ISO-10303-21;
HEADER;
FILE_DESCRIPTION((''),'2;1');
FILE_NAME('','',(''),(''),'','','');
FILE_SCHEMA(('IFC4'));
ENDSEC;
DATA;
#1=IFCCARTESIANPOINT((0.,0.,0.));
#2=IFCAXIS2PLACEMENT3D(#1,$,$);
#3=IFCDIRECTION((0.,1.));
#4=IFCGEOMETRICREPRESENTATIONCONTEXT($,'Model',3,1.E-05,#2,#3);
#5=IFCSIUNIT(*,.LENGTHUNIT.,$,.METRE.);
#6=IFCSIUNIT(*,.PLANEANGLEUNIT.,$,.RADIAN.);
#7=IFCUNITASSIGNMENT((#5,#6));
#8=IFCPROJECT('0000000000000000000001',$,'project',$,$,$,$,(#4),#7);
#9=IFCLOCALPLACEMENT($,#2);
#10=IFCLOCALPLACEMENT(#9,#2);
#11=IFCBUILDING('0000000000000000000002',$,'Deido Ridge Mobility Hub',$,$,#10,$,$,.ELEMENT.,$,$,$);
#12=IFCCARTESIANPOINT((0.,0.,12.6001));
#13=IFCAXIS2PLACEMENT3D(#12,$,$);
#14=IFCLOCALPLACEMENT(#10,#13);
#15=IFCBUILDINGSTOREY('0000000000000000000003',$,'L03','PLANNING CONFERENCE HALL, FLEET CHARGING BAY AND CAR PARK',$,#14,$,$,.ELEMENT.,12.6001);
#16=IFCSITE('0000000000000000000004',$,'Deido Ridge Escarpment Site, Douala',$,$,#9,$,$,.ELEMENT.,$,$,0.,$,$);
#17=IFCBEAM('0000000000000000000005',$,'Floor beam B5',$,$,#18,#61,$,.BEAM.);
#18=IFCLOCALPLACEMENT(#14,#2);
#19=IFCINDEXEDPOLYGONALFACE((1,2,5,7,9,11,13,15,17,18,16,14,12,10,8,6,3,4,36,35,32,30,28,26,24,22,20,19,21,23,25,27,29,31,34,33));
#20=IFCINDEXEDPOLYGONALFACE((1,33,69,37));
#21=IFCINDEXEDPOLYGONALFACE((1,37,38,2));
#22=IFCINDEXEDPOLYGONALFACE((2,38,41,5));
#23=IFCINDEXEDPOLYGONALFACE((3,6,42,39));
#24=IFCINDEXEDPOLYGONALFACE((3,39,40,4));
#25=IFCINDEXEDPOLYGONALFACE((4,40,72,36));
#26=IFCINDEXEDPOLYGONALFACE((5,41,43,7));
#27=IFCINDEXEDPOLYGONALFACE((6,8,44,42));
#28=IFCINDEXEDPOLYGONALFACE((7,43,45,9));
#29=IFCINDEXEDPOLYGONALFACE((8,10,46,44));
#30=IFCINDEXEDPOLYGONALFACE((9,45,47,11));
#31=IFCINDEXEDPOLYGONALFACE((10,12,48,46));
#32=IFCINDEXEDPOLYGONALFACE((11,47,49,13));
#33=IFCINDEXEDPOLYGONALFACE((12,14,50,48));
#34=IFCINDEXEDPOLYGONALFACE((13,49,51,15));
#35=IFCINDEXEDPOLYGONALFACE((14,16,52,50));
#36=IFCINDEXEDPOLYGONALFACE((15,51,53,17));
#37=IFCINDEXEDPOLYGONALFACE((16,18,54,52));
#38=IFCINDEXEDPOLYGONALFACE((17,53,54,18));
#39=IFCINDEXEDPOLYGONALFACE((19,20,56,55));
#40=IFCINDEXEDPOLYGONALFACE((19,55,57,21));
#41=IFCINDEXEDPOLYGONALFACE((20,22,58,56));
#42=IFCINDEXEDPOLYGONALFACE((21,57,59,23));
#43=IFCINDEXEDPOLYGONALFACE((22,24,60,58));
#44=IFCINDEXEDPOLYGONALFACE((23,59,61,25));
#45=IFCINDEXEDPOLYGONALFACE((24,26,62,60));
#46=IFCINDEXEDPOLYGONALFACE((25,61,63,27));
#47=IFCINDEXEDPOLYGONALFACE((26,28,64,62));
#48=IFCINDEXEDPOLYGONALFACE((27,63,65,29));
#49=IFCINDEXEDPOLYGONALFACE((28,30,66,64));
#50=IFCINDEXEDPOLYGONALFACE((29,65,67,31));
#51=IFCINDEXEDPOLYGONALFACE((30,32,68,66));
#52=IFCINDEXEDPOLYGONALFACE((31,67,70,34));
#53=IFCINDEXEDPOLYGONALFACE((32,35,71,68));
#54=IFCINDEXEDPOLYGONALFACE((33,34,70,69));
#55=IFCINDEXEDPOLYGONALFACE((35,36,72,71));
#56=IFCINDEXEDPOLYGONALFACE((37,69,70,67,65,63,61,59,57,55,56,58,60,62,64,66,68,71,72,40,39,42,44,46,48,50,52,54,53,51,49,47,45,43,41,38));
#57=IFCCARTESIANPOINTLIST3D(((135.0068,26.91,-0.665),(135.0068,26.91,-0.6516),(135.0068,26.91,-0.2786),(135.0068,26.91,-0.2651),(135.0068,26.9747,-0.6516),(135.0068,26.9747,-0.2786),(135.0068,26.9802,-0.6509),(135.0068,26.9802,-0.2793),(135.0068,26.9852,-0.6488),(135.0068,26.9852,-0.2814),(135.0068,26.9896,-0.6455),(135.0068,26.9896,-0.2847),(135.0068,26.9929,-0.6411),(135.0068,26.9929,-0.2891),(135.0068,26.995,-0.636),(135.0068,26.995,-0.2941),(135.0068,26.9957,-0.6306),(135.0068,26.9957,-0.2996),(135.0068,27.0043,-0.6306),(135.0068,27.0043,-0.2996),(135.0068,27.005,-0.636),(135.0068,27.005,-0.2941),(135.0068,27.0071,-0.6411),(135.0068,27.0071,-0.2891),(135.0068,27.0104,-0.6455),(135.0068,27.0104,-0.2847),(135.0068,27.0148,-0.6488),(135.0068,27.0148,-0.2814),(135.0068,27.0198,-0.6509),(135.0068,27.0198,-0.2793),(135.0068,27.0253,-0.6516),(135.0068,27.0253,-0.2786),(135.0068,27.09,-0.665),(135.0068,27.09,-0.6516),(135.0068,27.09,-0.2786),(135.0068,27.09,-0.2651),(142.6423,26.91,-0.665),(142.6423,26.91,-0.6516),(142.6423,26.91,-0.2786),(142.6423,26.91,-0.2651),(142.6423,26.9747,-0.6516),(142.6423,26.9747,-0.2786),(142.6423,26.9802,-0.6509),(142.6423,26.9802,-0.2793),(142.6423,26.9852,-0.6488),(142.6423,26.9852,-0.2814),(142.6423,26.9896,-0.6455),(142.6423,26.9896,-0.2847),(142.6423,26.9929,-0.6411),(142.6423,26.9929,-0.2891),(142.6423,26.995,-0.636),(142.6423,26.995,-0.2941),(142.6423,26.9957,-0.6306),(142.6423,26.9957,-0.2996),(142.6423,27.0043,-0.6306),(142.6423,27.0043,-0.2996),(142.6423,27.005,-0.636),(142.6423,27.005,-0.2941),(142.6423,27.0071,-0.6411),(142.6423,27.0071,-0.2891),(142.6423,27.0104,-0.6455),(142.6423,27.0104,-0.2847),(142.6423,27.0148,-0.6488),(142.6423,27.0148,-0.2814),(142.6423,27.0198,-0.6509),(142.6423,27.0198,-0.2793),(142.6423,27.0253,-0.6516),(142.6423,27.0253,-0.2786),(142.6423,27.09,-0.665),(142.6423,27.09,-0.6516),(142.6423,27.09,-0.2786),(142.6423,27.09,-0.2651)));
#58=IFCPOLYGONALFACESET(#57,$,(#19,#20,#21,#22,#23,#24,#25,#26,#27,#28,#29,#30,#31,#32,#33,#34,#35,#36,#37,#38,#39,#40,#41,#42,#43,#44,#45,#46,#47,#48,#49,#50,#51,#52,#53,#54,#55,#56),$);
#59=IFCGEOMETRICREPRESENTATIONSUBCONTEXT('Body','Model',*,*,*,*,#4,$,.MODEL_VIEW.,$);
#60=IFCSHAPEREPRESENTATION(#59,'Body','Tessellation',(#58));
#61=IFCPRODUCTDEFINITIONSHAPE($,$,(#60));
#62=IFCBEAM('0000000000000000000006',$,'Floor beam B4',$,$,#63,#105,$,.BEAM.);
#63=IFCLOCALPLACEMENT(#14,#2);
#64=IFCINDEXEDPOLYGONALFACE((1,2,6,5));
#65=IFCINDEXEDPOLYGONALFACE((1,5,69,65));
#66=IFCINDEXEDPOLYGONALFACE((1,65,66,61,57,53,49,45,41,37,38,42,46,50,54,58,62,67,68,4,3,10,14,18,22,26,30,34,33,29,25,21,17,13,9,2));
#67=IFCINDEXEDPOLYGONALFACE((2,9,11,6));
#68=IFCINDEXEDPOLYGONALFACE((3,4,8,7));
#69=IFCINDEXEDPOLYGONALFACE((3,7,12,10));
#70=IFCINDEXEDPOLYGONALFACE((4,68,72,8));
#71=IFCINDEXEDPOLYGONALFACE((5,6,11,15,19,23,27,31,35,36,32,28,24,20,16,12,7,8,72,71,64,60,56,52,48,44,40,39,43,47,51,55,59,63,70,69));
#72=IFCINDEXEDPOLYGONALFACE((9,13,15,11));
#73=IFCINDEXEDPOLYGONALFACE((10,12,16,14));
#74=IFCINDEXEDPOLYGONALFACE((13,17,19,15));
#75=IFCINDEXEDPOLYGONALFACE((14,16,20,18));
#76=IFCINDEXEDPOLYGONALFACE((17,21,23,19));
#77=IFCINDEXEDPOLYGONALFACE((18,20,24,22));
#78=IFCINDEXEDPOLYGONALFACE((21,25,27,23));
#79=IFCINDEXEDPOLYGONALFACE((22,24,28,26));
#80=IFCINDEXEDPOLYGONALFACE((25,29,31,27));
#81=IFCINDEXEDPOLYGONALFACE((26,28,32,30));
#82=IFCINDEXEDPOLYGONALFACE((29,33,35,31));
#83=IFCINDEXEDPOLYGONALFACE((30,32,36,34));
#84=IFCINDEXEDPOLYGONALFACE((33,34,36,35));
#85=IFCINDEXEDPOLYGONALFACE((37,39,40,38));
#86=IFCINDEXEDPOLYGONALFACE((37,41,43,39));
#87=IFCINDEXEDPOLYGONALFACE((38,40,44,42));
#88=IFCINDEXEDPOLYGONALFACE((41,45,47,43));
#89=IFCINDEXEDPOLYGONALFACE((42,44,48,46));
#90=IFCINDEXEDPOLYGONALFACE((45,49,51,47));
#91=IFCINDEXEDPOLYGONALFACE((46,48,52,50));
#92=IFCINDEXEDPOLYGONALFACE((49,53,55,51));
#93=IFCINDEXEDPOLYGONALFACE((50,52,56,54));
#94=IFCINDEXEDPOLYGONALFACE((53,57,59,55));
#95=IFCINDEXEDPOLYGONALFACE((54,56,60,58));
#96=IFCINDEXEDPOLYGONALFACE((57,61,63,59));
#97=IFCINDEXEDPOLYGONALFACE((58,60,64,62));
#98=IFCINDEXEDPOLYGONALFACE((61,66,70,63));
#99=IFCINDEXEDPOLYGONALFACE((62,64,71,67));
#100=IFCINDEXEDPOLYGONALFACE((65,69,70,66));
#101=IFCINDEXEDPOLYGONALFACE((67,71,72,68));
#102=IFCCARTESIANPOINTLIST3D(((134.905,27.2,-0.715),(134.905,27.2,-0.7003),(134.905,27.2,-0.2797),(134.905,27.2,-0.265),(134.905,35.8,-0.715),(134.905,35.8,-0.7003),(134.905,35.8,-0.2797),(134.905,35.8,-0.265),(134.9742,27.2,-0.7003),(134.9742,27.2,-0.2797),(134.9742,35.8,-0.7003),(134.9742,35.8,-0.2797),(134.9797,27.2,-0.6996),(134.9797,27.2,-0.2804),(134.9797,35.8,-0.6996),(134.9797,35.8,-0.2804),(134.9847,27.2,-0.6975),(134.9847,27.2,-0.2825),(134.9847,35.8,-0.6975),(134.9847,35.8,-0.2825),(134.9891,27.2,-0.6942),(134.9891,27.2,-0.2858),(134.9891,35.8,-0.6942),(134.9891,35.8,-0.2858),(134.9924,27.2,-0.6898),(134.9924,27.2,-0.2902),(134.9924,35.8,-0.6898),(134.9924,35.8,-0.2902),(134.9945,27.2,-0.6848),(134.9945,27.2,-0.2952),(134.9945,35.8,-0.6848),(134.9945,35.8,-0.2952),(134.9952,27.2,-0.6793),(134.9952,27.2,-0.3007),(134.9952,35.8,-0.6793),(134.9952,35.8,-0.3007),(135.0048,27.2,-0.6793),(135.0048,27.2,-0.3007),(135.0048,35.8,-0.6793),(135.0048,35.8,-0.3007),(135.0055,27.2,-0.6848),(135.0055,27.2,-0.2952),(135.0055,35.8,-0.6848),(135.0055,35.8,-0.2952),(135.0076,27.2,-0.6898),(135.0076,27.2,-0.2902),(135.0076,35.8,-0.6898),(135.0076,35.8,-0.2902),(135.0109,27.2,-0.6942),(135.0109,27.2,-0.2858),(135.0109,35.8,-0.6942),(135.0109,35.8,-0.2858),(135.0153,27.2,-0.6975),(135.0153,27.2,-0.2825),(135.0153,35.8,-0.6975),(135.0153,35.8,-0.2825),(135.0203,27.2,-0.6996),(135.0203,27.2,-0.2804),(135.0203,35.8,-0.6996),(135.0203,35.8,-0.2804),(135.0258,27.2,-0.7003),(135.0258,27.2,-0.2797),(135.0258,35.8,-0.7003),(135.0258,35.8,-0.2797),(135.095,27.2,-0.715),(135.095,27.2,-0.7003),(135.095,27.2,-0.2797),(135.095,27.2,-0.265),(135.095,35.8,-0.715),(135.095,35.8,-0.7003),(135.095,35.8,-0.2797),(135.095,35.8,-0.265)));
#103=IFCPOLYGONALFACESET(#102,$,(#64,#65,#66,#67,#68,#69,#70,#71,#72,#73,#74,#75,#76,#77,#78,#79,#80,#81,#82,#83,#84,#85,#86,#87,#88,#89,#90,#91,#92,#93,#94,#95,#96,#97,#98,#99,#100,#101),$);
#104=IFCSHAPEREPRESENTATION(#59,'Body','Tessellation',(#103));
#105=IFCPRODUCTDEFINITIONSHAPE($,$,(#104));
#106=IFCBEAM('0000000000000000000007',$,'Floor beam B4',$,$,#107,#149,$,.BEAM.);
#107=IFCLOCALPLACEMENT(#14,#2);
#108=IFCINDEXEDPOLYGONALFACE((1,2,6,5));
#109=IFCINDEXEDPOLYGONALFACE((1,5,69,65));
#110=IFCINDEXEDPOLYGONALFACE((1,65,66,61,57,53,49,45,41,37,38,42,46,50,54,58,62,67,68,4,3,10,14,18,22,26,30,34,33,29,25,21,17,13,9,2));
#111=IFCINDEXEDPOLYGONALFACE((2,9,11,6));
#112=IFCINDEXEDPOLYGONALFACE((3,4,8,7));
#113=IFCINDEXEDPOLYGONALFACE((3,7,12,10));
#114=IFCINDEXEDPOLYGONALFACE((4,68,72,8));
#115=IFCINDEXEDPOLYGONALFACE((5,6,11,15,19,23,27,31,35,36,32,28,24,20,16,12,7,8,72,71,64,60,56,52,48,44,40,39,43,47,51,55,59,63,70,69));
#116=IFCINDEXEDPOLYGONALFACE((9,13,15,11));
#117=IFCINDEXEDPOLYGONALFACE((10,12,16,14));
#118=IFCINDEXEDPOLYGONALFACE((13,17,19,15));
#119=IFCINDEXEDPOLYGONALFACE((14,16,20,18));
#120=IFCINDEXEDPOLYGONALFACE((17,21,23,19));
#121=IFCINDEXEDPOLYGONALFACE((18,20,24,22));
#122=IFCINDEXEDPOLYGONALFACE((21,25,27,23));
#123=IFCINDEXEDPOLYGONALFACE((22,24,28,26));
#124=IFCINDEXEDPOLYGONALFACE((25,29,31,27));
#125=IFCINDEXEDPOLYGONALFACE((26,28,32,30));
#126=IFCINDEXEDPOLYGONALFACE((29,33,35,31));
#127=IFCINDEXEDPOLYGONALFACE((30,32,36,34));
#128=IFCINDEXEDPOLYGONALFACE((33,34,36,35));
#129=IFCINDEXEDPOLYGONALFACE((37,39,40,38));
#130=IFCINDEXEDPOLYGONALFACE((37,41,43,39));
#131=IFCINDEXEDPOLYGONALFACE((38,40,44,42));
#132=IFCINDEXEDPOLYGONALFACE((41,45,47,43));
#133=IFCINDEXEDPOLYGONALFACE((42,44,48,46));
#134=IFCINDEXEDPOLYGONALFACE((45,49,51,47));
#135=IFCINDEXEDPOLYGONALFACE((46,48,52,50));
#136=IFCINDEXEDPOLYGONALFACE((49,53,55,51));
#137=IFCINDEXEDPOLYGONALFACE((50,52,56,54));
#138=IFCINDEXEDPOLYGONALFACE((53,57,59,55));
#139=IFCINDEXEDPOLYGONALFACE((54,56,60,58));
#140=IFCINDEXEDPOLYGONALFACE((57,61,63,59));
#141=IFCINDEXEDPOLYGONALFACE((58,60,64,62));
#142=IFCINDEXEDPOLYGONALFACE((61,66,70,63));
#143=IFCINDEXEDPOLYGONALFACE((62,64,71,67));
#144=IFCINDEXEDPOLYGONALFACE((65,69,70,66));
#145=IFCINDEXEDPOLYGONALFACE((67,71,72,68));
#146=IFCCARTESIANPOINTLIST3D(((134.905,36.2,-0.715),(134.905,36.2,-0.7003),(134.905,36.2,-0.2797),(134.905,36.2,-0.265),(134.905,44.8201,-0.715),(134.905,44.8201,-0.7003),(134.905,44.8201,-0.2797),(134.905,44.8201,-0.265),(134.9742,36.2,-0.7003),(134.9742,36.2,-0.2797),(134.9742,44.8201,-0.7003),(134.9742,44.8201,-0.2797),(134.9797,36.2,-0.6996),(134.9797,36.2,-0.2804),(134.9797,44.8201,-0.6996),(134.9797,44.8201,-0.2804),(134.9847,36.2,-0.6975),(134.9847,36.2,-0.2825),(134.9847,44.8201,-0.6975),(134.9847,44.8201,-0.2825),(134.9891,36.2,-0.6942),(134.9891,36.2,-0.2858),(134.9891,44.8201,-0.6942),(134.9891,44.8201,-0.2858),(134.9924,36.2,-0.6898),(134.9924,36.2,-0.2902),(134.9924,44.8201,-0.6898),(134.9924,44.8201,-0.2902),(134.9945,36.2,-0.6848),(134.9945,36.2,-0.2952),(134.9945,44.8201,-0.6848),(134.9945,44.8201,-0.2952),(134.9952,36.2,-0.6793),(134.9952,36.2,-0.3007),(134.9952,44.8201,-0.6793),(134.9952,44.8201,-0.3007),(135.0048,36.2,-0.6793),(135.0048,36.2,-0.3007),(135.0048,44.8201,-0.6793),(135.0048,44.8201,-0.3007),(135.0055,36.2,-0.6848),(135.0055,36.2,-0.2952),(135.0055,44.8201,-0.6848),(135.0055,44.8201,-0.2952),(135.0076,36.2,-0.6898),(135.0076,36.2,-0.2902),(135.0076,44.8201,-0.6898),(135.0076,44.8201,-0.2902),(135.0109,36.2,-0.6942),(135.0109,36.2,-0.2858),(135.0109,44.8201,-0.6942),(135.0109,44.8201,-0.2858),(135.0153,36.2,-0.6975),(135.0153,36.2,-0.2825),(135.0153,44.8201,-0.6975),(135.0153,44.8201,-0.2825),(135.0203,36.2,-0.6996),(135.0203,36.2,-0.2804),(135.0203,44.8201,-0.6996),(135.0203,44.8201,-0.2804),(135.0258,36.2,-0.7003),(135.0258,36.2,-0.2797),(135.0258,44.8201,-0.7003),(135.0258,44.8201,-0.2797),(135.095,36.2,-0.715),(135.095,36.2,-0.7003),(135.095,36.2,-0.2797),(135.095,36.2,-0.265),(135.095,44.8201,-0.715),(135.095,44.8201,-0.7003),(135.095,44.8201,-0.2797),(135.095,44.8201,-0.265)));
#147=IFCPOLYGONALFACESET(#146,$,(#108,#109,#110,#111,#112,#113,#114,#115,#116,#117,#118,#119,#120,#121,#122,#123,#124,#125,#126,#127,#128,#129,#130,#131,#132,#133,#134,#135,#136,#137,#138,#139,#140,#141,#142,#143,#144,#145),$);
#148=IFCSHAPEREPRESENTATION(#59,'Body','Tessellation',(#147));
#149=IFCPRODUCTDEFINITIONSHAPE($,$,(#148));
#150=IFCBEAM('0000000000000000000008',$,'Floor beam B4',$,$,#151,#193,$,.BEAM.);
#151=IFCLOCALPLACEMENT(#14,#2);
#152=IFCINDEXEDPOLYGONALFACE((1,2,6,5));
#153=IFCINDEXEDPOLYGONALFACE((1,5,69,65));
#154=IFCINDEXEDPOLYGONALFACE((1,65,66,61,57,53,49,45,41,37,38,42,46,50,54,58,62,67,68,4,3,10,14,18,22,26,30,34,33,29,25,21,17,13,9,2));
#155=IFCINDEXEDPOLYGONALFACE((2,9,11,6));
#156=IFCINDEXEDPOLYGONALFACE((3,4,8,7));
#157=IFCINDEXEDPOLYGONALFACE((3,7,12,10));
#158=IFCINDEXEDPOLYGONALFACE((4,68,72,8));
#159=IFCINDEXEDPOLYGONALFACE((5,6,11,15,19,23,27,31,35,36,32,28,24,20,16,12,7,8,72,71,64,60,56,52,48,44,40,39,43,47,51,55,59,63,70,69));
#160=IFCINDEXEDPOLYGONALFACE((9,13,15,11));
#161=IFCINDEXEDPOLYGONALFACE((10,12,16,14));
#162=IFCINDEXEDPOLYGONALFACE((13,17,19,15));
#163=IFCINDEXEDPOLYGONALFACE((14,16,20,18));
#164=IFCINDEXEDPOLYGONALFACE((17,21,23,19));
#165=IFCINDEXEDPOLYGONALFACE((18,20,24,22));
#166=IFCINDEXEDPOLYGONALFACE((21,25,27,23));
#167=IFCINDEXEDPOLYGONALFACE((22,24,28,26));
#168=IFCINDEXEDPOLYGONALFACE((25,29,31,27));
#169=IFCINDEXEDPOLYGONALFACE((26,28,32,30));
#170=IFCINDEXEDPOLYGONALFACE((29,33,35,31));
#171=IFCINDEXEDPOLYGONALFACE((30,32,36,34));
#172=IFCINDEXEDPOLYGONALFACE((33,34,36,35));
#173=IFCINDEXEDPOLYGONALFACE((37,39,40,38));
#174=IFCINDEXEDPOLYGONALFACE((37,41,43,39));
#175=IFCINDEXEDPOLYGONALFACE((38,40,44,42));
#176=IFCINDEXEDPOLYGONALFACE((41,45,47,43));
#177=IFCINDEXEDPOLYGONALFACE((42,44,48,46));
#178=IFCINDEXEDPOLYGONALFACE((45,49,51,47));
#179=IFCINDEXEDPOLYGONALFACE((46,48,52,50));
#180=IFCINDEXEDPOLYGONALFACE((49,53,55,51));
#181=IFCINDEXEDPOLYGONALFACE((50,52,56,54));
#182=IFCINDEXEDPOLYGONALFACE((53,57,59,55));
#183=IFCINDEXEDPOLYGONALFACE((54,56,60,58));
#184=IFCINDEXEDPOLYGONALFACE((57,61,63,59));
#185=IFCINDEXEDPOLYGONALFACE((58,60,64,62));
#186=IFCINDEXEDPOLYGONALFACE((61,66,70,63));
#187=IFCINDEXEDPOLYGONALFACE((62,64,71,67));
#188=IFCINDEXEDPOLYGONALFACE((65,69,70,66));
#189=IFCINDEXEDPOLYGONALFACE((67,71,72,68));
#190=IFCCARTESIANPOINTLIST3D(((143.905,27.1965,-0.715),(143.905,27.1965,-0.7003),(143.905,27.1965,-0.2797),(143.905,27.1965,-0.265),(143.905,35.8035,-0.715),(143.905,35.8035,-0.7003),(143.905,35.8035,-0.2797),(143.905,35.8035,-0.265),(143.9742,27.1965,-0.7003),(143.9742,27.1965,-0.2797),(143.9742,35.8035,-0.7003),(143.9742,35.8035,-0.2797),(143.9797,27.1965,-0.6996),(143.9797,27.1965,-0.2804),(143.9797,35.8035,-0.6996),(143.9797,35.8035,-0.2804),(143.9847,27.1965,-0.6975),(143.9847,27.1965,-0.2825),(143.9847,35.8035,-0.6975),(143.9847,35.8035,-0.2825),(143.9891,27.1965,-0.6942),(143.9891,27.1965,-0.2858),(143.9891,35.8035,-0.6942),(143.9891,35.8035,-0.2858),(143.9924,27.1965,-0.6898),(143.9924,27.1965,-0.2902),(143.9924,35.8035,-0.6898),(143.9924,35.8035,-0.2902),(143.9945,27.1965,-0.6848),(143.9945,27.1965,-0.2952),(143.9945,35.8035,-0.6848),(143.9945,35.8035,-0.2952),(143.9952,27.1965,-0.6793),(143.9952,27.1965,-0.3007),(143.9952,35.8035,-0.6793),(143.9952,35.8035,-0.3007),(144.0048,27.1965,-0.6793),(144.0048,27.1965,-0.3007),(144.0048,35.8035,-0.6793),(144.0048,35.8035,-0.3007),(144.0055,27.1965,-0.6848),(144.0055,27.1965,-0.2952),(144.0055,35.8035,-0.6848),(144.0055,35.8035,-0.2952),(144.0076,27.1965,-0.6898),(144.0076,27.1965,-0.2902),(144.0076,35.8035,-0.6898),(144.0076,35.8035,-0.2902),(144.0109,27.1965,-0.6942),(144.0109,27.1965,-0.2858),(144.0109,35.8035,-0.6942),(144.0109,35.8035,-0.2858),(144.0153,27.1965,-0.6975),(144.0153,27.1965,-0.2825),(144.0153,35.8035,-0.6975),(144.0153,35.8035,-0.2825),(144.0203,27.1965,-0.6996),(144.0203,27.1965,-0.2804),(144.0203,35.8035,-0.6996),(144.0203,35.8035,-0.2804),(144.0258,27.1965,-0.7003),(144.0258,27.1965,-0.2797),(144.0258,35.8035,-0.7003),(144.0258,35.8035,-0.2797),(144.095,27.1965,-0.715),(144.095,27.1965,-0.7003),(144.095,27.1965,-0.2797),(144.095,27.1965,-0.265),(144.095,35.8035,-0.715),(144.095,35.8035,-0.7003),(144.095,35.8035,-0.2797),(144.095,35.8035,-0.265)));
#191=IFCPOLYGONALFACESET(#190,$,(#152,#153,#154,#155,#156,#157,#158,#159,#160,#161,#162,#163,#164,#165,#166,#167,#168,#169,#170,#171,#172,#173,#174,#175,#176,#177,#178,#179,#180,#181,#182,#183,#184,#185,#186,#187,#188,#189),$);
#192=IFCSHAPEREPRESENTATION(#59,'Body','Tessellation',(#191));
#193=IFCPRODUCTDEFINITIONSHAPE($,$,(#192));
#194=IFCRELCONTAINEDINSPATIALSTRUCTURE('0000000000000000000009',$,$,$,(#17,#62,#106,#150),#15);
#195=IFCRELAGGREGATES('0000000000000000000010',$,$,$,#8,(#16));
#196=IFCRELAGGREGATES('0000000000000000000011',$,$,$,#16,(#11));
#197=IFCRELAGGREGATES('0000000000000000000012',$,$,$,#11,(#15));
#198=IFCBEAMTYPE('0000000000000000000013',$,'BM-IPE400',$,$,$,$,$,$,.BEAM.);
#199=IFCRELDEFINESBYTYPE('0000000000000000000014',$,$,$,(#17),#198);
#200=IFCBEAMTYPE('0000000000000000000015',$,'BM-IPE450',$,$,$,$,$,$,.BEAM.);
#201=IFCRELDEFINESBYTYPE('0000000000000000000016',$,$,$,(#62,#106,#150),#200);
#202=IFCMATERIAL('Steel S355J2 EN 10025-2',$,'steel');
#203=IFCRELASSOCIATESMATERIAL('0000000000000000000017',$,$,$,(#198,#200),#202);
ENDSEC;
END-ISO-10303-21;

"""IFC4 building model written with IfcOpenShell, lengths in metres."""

from ifc_helpers import new_model, si_unit, direction, frame, origin, origin_2d, place, context, subcontext, project, spatial, i_section, extrude, material, material_profile, profile_set, type_object, element, save


model = new_model("IFC4")

# Units and contexts
model_context = context("Model", 3, precision=1e-05, world=origin(), true_north=direction((0.0, 1.0)))
body_context = subcontext(model_context, "Body", "Model", "MODEL_VIEW")
ifc_project = project(units=[si_unit("LENGTHUNIT", "METRE"), si_unit("PLANEANGLEUNIT", "RADIAN")], contexts=[model_context])

# Site, building, storey
site_placement = place(None, origin())
site = spatial("IfcSite", under=ifc_project, at=site_placement, Name="Deido Ridge Escarpment Site, Douala", CompositionType="ELEMENT", RefElevation=0.0)
building_placement = place(site_placement, origin())
building = spatial("IfcBuilding", under=site, at=building_placement, Name="Deido Ridge Mobility Hub", CompositionType="ELEMENT")
storey_placement = place(building_placement, frame((0.0, 0.0, 12.6001)))
storey = spatial("IfcBuildingStorey", under=building, at=storey_placement, Name="L03", Description="PLANNING CONFERENCE HALL, FLEET CHARGING BAY AND CAR PARK", CompositionType="ELEMENT", Elevation=12.6001)

# Shared definitions
ifc_material_1 = material(Name="Steel S355J2 EN 10025-2", Category="steel")

# Beams
ifc_material_profile_1 = material_profile(ifc_material_1, i_section(OverallWidth=0.1799, OverallDepth=0.3999, WebThickness=0.0085, FlangeThickness=0.0134, FilletRadius=0.021, at=origin_2d()), Name="IPE 400")
ifc_profile_set_1 = profile_set([ifc_material_profile_1], Name="Steel S355J2 EN 10025-2")
beam_type_1 = type_object("IfcBeamType", Name="BM-IPE400", PredefinedType="BEAM", material=ifc_profile_set_1)
beam_1_placement = place(storey_placement, frame((135.0068, 27.0, -0.4651), z_axis=(1.0, 0.0, 0.0), x_axis=(0.0, 1.0, 0.0)))
element("IfcBeam", 1, at=beam_1_placement, inside=storey, type_object=beam_type_1, Name="Floor beam B5", PredefinedType="BEAM", context=body_context, shape_type="SweptSolid", body=[
    extrude(i_section(OverallWidth=0.1799, OverallDepth=0.3999, WebThickness=0.0085, FlangeThickness=0.0134, FilletRadius=0.021, at=origin_2d()), origin(), (0.0, 0.0, 1.0), 7.6355),
])
ifc_material_profile_2 = material_profile(ifc_material_1, i_section(OverallWidth=0.1899, OverallDepth=0.45, WebThickness=0.0095, FlangeThickness=0.0146, FilletRadius=0.021, at=origin_2d()), Name="IPE 450")
ifc_profile_set_2 = profile_set([ifc_material_profile_2], Name="Steel S355J2 EN 10025-2")
beam_type_2 = type_object("IfcBeamType", Name="BM-IPE450", PredefinedType="BEAM", material=ifc_profile_set_2)
beam_2_placement = place(storey_placement, frame((135.0, 27.2, -0.49), z_axis=(0.0, 1.0, 0.0), x_axis=(-1.0, 0.0, 0.0)))
element("IfcBeam", 2, at=beam_2_placement, inside=storey, type_object=beam_type_2, Name="Floor beam B4", PredefinedType="BEAM", context=body_context, shape_type="SweptSolid", body=[
    extrude(i_section(OverallWidth=0.1899, OverallDepth=0.45, WebThickness=0.0095, FlangeThickness=0.0146, FilletRadius=0.021, at=origin_2d()), origin(), (0.0, 0.0, 1.0), 8.6001),
])
beam_3_placement = place(storey_placement, frame((135.0, 36.2, -0.49), z_axis=(0.0, 1.0, 0.0), x_axis=(-1.0, 0.0, 0.0)))
element("IfcBeam", 3, at=beam_3_placement, inside=storey, type_object=beam_type_2, Name="Floor beam B4", PredefinedType="BEAM", context=body_context, shape_type="SweptSolid", body=[
    extrude(i_section(OverallWidth=0.1899, OverallDepth=0.45, WebThickness=0.0095, FlangeThickness=0.0146, FilletRadius=0.021, at=origin_2d()), origin(), (0.0, 0.0, 1.0), 8.6201),
])
for number, where, z_axis, x_axis, name in (
    (4, (144.0, 27.1965, -0.49), (0.0, 1.0, 0.0), (-1.0, 0.0, 0.0), "Floor beam B4"),
):
    element("IfcBeam", number, at=place(storey_placement, frame(where, z_axis=z_axis, x_axis=x_axis)), inside=storey, type_object=beam_type_2, Name=name, PredefinedType="BEAM", context=body_context, shape_type="SweptSolid", body=[
        extrude(i_section(OverallWidth=0.1899, OverallDepth=0.45, WebThickness=0.0095, FlangeThickness=0.0146, FilletRadius=0.021, at=origin_2d()), origin(), (0.0, 0.0, 1.0), 8.6069),
    ])

save(model, "model.ifc")
